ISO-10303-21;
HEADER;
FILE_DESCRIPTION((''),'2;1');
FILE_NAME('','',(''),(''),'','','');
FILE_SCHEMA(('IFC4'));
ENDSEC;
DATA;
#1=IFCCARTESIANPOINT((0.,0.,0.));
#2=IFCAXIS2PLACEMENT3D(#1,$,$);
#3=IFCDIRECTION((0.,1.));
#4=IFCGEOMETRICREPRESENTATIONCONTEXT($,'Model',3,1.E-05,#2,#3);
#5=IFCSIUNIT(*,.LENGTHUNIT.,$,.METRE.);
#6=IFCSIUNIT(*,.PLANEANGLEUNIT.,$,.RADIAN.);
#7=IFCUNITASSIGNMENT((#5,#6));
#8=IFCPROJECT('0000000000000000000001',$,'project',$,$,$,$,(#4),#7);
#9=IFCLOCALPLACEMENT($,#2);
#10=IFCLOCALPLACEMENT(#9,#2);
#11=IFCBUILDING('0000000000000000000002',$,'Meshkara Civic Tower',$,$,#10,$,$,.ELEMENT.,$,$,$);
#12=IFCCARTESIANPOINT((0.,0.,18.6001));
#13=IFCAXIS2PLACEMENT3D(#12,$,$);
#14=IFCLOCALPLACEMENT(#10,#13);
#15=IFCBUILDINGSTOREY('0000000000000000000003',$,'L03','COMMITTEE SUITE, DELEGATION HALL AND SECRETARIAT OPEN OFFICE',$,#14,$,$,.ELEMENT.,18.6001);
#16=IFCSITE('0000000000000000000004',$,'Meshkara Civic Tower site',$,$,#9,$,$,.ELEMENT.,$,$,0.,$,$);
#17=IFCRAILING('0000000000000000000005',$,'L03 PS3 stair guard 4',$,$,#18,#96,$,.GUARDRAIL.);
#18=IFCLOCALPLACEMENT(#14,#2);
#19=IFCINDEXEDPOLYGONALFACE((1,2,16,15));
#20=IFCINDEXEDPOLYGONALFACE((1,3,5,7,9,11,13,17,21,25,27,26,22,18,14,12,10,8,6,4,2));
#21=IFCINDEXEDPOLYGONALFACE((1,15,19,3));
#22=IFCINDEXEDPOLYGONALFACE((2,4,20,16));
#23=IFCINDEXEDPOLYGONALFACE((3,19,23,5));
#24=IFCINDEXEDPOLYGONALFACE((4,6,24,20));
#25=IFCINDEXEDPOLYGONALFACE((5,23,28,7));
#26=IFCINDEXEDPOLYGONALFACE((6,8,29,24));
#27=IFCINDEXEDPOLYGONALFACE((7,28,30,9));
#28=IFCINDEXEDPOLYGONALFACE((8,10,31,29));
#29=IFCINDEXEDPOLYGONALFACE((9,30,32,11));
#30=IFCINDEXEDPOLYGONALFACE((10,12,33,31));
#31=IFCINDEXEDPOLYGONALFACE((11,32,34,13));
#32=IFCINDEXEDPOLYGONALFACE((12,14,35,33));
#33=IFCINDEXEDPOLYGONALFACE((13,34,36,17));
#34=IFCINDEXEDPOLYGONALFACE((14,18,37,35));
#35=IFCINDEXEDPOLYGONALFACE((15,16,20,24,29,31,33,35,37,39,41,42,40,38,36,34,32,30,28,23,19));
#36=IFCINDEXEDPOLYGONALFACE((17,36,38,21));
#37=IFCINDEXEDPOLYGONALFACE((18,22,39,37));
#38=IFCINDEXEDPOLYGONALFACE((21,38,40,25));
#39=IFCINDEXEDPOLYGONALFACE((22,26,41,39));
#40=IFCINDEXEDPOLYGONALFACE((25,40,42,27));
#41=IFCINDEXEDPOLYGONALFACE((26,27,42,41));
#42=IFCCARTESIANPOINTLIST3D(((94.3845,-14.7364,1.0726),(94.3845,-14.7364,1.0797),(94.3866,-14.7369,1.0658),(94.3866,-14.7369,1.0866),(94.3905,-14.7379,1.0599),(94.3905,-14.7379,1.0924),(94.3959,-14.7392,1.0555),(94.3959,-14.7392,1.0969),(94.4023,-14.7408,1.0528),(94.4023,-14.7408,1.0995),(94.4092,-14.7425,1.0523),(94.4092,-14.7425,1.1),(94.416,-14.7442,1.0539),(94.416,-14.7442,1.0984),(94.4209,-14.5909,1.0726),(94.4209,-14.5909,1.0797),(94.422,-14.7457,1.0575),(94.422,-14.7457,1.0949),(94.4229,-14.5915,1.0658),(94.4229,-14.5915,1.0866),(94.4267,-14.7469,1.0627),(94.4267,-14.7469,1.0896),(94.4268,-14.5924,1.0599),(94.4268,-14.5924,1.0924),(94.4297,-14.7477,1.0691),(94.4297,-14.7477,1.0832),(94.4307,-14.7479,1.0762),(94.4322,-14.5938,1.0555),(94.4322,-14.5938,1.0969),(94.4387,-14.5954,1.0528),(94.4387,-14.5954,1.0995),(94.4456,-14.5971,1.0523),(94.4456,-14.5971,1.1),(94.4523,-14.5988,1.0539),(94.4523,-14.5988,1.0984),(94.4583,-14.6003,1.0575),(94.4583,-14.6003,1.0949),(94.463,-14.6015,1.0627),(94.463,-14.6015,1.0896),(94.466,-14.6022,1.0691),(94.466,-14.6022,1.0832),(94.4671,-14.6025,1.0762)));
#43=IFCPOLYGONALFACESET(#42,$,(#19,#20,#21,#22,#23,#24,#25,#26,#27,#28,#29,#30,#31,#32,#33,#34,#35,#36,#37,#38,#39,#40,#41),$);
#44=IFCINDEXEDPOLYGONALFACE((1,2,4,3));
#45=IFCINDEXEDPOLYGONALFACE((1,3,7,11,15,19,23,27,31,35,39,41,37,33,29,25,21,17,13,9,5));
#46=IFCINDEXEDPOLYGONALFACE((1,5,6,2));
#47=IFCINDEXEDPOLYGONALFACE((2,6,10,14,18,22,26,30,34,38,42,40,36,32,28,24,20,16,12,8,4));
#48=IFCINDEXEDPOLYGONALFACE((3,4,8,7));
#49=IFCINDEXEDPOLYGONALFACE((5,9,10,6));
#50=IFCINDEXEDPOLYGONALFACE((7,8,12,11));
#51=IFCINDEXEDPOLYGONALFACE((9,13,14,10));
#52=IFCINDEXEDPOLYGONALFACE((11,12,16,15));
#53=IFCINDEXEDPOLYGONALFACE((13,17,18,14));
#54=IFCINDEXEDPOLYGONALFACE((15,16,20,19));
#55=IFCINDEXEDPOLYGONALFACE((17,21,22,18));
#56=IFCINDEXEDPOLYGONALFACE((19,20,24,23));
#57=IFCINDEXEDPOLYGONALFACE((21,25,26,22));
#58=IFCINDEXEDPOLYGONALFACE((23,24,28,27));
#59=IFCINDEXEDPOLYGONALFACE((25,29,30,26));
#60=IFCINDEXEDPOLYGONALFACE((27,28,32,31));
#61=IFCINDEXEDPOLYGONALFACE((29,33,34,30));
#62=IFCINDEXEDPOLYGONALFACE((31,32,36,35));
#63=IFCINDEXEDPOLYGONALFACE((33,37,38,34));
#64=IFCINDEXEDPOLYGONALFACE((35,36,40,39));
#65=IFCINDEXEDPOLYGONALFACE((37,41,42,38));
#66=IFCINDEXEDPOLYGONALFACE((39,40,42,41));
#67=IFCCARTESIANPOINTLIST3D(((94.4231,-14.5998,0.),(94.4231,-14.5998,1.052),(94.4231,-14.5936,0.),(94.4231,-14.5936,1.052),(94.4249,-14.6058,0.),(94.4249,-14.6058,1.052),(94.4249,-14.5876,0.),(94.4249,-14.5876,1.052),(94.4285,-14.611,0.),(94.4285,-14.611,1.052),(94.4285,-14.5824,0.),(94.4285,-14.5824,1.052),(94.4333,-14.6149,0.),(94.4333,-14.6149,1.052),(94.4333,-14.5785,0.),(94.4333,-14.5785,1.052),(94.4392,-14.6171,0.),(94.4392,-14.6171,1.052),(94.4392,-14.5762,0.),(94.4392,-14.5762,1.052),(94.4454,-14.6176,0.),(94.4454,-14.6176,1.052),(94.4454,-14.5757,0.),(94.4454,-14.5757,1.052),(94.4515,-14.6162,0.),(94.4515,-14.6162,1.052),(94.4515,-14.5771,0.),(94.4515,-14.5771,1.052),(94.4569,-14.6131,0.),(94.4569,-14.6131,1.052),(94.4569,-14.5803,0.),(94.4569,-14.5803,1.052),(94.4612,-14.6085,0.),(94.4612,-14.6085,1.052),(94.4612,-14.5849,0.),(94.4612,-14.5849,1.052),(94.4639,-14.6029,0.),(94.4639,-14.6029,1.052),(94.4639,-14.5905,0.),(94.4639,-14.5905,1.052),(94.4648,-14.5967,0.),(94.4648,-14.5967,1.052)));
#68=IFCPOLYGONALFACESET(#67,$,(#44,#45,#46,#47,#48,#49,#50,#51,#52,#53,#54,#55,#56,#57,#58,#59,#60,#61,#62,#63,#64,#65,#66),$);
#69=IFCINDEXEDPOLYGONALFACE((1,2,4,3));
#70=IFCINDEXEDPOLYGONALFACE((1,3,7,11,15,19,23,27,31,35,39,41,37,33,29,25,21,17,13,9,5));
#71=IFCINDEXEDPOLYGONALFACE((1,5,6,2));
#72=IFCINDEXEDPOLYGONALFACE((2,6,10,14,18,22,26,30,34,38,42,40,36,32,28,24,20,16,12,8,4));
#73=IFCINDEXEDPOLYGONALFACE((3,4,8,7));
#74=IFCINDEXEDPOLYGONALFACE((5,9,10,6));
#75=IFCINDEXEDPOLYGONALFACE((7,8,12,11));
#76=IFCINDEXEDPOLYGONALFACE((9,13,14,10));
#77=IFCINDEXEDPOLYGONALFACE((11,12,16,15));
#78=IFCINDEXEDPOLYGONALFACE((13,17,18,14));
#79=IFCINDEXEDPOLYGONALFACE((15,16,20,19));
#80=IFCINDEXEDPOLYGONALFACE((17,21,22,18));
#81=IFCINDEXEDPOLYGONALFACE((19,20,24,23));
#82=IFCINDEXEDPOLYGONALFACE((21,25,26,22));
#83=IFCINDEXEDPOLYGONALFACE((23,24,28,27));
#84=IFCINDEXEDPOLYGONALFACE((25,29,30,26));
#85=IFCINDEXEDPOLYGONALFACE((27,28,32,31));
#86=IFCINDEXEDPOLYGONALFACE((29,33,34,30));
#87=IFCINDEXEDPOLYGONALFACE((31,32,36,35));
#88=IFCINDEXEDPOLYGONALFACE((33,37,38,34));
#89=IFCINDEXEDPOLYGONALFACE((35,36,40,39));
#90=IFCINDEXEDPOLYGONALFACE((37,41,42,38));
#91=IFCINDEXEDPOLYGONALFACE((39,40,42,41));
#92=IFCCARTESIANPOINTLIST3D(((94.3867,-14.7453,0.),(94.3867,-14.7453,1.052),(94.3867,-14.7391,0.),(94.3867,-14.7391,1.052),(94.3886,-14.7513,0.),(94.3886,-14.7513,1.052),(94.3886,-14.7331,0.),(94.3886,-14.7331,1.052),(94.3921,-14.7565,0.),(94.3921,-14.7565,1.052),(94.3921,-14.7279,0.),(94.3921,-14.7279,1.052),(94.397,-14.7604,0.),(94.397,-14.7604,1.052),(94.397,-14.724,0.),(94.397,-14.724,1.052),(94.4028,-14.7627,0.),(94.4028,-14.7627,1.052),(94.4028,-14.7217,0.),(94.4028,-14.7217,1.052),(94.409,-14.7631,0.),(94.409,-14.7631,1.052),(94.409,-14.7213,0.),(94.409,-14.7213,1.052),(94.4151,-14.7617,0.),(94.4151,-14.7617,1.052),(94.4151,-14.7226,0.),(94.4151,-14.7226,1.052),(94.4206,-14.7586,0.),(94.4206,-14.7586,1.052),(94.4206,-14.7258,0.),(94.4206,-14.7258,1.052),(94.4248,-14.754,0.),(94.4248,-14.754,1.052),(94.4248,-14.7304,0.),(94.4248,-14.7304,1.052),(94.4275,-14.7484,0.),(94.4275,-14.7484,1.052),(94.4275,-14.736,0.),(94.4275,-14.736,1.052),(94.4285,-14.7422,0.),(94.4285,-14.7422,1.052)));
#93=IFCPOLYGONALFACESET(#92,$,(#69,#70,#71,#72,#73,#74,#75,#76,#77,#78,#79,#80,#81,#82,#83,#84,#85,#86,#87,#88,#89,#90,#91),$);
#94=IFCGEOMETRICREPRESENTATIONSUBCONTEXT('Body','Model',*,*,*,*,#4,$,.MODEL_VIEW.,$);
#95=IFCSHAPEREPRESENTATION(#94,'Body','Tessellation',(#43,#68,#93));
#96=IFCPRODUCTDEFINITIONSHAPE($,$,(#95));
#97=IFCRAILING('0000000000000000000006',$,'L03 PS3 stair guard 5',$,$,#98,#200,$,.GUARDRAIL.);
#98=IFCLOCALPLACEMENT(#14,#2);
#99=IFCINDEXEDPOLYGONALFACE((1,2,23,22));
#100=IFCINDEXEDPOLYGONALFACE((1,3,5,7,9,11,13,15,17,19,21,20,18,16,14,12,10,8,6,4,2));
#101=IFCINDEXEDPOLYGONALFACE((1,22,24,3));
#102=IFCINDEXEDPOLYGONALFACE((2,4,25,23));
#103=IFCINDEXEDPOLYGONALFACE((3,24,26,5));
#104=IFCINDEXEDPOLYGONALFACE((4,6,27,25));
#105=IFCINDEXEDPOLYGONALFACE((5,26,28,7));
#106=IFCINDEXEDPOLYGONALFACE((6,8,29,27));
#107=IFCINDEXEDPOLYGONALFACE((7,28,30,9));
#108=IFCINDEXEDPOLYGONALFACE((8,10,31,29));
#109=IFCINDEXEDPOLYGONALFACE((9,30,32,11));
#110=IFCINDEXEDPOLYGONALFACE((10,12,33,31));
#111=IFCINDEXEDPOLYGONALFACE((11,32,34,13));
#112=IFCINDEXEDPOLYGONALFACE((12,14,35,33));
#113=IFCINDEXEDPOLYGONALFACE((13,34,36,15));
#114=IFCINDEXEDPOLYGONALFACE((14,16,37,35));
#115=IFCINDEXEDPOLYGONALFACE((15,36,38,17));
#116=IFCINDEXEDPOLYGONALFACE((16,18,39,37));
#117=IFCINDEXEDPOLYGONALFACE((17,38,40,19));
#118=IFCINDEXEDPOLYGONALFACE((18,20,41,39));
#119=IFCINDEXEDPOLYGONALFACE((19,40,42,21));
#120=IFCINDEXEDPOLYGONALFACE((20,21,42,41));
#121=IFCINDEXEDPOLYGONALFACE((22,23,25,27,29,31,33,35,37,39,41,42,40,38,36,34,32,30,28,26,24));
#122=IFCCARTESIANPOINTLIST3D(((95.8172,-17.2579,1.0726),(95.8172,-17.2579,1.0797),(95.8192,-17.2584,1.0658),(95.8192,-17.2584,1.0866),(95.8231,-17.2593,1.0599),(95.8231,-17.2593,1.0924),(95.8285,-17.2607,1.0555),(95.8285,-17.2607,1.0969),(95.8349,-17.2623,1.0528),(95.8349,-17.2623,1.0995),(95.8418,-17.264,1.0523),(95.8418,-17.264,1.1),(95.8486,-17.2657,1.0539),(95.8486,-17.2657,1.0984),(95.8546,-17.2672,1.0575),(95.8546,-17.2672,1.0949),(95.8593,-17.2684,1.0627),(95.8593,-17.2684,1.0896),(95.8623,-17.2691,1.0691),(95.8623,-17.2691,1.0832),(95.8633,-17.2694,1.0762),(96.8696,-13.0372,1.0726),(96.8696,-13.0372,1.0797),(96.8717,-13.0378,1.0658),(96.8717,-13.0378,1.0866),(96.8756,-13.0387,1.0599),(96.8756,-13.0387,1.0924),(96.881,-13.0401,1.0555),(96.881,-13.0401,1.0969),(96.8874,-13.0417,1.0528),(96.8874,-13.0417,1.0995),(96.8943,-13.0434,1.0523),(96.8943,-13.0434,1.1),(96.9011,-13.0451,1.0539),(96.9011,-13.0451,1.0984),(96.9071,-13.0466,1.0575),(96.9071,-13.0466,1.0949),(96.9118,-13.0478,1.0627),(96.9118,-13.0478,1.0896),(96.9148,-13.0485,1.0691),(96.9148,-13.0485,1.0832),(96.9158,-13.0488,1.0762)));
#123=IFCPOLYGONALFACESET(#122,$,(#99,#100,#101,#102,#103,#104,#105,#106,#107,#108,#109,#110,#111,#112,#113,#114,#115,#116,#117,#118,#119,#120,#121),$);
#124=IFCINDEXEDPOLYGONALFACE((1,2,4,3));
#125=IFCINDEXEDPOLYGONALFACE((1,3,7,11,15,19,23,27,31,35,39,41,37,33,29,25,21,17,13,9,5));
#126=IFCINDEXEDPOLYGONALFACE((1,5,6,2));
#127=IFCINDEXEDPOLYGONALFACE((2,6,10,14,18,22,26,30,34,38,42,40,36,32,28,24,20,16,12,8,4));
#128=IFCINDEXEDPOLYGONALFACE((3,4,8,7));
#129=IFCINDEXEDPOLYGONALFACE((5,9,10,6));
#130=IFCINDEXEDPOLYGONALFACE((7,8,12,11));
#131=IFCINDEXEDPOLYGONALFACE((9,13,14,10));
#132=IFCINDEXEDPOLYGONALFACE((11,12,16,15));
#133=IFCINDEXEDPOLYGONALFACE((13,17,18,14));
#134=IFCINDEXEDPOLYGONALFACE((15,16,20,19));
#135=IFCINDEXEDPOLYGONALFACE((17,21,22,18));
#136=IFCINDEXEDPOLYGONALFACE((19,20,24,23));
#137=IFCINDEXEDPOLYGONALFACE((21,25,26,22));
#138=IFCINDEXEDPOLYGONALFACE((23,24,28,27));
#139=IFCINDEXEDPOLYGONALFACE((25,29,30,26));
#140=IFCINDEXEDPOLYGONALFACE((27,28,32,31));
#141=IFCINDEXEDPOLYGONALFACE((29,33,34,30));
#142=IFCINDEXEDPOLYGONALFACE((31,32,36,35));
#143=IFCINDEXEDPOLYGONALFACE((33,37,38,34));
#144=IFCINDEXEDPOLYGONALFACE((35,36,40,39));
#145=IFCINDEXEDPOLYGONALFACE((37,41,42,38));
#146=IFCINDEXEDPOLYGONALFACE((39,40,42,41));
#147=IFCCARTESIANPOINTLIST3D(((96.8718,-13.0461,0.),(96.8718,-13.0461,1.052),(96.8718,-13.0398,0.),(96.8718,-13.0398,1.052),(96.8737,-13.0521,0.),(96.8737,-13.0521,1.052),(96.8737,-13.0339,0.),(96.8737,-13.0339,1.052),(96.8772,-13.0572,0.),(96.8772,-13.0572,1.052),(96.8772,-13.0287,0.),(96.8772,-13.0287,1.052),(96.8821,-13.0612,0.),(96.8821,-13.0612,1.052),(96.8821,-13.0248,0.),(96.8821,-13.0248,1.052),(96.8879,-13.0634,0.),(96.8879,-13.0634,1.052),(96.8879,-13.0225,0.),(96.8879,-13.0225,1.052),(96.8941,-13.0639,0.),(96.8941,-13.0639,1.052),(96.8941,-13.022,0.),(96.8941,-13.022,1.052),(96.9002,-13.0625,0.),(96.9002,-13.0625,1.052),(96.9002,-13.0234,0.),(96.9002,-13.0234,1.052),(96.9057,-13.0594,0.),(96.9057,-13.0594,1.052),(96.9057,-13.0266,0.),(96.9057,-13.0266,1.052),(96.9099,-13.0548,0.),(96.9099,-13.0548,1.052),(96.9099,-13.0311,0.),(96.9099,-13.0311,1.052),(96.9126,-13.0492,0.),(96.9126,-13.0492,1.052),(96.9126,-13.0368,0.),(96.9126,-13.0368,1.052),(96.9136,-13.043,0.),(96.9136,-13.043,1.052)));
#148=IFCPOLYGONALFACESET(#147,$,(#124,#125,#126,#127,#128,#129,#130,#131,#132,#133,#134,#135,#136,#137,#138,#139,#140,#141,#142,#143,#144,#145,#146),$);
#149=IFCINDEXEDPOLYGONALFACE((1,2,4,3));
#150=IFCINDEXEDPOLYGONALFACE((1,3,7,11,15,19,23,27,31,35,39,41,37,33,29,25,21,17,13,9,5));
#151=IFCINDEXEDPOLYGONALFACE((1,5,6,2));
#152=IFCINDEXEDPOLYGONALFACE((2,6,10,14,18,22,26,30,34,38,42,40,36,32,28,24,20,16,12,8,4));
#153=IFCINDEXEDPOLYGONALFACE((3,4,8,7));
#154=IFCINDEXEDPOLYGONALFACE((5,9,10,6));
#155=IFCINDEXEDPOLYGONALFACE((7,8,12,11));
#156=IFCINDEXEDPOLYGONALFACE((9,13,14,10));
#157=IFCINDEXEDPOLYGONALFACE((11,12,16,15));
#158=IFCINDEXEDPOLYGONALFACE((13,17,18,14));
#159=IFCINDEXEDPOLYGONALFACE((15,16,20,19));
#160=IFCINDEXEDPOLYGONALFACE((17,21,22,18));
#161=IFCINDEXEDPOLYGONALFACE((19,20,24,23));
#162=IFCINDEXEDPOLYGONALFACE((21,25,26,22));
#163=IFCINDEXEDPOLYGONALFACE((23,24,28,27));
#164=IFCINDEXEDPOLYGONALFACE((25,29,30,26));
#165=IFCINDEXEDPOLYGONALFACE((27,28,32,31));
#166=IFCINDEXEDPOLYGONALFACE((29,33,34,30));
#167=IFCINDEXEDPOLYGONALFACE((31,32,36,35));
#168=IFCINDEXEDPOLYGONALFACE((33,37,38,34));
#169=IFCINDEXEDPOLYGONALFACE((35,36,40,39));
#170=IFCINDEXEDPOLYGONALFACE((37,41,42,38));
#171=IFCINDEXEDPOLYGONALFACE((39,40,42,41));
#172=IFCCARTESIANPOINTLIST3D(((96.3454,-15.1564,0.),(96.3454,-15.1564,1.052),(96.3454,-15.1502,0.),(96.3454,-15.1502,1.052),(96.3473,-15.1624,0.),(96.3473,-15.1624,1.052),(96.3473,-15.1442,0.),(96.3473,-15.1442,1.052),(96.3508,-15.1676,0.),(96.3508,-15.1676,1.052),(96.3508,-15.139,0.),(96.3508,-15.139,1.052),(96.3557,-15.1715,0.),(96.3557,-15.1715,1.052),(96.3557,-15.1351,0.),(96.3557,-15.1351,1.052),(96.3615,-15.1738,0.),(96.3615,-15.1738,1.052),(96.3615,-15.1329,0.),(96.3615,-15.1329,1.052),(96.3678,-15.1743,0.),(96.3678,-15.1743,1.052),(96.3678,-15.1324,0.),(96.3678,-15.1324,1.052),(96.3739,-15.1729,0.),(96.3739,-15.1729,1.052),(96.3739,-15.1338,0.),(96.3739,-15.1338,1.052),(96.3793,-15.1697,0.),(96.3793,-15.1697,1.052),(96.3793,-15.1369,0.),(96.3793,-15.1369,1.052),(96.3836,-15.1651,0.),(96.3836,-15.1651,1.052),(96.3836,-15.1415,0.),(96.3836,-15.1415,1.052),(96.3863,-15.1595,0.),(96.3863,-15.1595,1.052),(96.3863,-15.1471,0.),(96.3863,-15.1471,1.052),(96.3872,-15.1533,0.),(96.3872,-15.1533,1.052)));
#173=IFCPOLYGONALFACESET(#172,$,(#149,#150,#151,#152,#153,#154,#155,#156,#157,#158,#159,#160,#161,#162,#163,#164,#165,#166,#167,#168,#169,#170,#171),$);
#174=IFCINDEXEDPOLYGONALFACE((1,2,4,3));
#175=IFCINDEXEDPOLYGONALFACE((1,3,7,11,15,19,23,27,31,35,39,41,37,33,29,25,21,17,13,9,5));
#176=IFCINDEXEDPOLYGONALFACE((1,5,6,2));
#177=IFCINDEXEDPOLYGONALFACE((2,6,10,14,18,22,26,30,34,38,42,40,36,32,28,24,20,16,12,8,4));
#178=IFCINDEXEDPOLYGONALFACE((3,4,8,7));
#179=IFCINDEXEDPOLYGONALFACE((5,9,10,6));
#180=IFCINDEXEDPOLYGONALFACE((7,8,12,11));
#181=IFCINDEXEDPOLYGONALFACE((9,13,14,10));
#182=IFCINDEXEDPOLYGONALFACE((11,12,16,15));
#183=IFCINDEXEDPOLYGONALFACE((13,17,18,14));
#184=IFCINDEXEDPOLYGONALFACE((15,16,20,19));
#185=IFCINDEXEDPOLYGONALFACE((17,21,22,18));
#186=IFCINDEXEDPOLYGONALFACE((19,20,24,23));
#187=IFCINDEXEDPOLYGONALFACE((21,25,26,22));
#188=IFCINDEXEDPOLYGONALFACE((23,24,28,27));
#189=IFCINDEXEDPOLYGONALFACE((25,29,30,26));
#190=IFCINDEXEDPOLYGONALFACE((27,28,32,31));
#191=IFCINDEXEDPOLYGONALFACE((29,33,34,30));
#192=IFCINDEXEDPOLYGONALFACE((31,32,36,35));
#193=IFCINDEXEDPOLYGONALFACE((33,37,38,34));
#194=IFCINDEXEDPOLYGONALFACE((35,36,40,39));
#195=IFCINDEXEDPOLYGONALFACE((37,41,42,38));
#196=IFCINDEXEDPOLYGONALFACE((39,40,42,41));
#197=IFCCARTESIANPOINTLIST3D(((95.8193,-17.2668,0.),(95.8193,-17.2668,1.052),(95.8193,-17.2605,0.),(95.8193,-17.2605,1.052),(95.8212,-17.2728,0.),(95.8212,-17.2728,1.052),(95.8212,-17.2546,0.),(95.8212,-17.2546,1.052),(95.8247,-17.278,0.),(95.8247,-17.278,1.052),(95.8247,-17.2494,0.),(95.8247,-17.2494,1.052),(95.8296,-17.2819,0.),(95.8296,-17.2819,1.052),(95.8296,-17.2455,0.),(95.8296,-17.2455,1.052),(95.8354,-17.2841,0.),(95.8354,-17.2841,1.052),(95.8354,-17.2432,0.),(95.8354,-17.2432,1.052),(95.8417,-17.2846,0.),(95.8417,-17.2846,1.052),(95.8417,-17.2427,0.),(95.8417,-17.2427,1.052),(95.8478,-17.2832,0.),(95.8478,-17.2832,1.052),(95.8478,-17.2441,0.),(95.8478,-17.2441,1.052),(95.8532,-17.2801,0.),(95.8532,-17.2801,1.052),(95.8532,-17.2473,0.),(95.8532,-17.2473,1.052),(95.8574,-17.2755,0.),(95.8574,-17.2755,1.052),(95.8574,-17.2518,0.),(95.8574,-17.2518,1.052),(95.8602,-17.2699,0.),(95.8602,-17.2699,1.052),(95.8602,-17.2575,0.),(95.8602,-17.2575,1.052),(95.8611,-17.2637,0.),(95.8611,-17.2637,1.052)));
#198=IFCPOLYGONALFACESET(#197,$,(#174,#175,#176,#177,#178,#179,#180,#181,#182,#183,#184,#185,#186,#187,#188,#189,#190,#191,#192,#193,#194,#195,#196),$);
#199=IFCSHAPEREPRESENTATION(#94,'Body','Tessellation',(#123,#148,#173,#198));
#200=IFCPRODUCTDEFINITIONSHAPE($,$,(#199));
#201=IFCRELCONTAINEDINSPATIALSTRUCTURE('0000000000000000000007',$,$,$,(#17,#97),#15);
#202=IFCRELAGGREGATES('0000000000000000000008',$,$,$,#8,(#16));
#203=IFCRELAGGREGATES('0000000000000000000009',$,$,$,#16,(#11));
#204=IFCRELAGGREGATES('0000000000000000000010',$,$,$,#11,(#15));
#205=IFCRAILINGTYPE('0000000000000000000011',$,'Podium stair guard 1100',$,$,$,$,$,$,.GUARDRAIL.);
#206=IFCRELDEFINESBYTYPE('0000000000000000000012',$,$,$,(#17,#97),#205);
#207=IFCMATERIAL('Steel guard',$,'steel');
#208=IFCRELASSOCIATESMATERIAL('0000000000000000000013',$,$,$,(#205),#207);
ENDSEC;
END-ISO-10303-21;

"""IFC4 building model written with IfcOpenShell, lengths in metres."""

from ifc_helpers import new_model, si_unit, direction, frame, origin, origin_2d, place, context, subcontext, project, spatial, circle, extrude, material, type_object, element, save


model = new_model("IFC4")

# Units and contexts
model_context = context("Model", 3, precision=1e-05, world=origin(), true_north=direction((0.0, 1.0)))
body_context = subcontext(model_context, "Body", "Model", "MODEL_VIEW")
ifc_project = project(units=[si_unit("LENGTHUNIT", "METRE"), si_unit("PLANEANGLEUNIT", "RADIAN")], contexts=[model_context])

# Site, building, storey
site_placement = place(None, origin())
site = spatial("IfcSite", under=ifc_project, at=site_placement, Name="Meshkara Civic Tower site", CompositionType="ELEMENT", RefElevation=0.0)
building_placement = place(site_placement, origin())
building = spatial("IfcBuilding", under=site, at=building_placement, Name="Meshkara Civic Tower", CompositionType="ELEMENT")
storey_placement = place(building_placement, frame((0.0, 0.0, 18.6001)))
storey = spatial("IfcBuildingStorey", under=building, at=storey_placement, Name="L03", Description="COMMITTEE SUITE, DELEGATION HALL AND SECRETARIAT OPEN OFFICE", CompositionType="ELEMENT", Elevation=18.6001)

# Railings
ifc_material_1 = material(Name="Steel guard", Category="steel")
railing_type_1 = type_object("IfcRailingType", Name="Podium stair guard 1100", PredefinedType="GUARDRAIL", material=ifc_material_1)
railing_1_placement = place(storey_placement, frame((94.4438, -14.5967, 0.0)))
element("IfcRailing", 1, at=railing_1_placement, inside=storey, type_object=railing_type_1, Name="L03 PS3 stair guard 4", PredefinedType="GUARDRAIL", context=body_context, shape_type="SweptSolid", body=[
    extrude(circle(Radius=0.0239, at=origin_2d()), frame((0.0, 0.0, 1.0762), z_axis=(-0.242536, -0.970143, 0.0), x_axis=(0.970143, -0.242536, 0.0)), (0.0, 0.0, 1.0), 0.1499),
    extrude(circle(Radius=0.021, at=origin_2d()), origin(), (0.0, 0.0, 1.0), 1.052),
    extrude(circle(Radius=0.021, at=origin_2d()), frame((-0.0364, -0.1455, 0.0)), (0.0, 0.0, 1.0), 1.052),
])
railing_2_placement = place(storey_placement, frame((96.8926, -13.043, 0.0)))
element("IfcRailing", 2, at=railing_2_placement, inside=storey, type_object=railing_type_1, Name="L03 PS3 stair guard 5", PredefinedType="GUARDRAIL", context=body_context, shape_type="SweptSolid", body=[
    extrude(circle(Radius=0.0239, at=origin_2d()), frame((0.0, 0.0, 1.0762), z_axis=(-0.241955, -0.970288, 0.0), x_axis=(0.970288, -0.241955, 0.0)), (0.0, 0.0, 1.0), 4.3499),
    extrude(circle(Radius=0.021, at=origin_2d()), origin(), (0.0, 0.0, 1.0), 1.052),
    extrude(circle(Radius=0.021, at=origin_2d()), frame((-0.5264, -2.1104, 0.0)), (0.0, 0.0, 1.0), 1.052),
    extrude(circle(Radius=0.021, at=origin_2d()), frame((-1.0525, -4.2207, 0.0)), (0.0, 0.0, 1.0), 1.052),
])

save(model, "model.ifc")
